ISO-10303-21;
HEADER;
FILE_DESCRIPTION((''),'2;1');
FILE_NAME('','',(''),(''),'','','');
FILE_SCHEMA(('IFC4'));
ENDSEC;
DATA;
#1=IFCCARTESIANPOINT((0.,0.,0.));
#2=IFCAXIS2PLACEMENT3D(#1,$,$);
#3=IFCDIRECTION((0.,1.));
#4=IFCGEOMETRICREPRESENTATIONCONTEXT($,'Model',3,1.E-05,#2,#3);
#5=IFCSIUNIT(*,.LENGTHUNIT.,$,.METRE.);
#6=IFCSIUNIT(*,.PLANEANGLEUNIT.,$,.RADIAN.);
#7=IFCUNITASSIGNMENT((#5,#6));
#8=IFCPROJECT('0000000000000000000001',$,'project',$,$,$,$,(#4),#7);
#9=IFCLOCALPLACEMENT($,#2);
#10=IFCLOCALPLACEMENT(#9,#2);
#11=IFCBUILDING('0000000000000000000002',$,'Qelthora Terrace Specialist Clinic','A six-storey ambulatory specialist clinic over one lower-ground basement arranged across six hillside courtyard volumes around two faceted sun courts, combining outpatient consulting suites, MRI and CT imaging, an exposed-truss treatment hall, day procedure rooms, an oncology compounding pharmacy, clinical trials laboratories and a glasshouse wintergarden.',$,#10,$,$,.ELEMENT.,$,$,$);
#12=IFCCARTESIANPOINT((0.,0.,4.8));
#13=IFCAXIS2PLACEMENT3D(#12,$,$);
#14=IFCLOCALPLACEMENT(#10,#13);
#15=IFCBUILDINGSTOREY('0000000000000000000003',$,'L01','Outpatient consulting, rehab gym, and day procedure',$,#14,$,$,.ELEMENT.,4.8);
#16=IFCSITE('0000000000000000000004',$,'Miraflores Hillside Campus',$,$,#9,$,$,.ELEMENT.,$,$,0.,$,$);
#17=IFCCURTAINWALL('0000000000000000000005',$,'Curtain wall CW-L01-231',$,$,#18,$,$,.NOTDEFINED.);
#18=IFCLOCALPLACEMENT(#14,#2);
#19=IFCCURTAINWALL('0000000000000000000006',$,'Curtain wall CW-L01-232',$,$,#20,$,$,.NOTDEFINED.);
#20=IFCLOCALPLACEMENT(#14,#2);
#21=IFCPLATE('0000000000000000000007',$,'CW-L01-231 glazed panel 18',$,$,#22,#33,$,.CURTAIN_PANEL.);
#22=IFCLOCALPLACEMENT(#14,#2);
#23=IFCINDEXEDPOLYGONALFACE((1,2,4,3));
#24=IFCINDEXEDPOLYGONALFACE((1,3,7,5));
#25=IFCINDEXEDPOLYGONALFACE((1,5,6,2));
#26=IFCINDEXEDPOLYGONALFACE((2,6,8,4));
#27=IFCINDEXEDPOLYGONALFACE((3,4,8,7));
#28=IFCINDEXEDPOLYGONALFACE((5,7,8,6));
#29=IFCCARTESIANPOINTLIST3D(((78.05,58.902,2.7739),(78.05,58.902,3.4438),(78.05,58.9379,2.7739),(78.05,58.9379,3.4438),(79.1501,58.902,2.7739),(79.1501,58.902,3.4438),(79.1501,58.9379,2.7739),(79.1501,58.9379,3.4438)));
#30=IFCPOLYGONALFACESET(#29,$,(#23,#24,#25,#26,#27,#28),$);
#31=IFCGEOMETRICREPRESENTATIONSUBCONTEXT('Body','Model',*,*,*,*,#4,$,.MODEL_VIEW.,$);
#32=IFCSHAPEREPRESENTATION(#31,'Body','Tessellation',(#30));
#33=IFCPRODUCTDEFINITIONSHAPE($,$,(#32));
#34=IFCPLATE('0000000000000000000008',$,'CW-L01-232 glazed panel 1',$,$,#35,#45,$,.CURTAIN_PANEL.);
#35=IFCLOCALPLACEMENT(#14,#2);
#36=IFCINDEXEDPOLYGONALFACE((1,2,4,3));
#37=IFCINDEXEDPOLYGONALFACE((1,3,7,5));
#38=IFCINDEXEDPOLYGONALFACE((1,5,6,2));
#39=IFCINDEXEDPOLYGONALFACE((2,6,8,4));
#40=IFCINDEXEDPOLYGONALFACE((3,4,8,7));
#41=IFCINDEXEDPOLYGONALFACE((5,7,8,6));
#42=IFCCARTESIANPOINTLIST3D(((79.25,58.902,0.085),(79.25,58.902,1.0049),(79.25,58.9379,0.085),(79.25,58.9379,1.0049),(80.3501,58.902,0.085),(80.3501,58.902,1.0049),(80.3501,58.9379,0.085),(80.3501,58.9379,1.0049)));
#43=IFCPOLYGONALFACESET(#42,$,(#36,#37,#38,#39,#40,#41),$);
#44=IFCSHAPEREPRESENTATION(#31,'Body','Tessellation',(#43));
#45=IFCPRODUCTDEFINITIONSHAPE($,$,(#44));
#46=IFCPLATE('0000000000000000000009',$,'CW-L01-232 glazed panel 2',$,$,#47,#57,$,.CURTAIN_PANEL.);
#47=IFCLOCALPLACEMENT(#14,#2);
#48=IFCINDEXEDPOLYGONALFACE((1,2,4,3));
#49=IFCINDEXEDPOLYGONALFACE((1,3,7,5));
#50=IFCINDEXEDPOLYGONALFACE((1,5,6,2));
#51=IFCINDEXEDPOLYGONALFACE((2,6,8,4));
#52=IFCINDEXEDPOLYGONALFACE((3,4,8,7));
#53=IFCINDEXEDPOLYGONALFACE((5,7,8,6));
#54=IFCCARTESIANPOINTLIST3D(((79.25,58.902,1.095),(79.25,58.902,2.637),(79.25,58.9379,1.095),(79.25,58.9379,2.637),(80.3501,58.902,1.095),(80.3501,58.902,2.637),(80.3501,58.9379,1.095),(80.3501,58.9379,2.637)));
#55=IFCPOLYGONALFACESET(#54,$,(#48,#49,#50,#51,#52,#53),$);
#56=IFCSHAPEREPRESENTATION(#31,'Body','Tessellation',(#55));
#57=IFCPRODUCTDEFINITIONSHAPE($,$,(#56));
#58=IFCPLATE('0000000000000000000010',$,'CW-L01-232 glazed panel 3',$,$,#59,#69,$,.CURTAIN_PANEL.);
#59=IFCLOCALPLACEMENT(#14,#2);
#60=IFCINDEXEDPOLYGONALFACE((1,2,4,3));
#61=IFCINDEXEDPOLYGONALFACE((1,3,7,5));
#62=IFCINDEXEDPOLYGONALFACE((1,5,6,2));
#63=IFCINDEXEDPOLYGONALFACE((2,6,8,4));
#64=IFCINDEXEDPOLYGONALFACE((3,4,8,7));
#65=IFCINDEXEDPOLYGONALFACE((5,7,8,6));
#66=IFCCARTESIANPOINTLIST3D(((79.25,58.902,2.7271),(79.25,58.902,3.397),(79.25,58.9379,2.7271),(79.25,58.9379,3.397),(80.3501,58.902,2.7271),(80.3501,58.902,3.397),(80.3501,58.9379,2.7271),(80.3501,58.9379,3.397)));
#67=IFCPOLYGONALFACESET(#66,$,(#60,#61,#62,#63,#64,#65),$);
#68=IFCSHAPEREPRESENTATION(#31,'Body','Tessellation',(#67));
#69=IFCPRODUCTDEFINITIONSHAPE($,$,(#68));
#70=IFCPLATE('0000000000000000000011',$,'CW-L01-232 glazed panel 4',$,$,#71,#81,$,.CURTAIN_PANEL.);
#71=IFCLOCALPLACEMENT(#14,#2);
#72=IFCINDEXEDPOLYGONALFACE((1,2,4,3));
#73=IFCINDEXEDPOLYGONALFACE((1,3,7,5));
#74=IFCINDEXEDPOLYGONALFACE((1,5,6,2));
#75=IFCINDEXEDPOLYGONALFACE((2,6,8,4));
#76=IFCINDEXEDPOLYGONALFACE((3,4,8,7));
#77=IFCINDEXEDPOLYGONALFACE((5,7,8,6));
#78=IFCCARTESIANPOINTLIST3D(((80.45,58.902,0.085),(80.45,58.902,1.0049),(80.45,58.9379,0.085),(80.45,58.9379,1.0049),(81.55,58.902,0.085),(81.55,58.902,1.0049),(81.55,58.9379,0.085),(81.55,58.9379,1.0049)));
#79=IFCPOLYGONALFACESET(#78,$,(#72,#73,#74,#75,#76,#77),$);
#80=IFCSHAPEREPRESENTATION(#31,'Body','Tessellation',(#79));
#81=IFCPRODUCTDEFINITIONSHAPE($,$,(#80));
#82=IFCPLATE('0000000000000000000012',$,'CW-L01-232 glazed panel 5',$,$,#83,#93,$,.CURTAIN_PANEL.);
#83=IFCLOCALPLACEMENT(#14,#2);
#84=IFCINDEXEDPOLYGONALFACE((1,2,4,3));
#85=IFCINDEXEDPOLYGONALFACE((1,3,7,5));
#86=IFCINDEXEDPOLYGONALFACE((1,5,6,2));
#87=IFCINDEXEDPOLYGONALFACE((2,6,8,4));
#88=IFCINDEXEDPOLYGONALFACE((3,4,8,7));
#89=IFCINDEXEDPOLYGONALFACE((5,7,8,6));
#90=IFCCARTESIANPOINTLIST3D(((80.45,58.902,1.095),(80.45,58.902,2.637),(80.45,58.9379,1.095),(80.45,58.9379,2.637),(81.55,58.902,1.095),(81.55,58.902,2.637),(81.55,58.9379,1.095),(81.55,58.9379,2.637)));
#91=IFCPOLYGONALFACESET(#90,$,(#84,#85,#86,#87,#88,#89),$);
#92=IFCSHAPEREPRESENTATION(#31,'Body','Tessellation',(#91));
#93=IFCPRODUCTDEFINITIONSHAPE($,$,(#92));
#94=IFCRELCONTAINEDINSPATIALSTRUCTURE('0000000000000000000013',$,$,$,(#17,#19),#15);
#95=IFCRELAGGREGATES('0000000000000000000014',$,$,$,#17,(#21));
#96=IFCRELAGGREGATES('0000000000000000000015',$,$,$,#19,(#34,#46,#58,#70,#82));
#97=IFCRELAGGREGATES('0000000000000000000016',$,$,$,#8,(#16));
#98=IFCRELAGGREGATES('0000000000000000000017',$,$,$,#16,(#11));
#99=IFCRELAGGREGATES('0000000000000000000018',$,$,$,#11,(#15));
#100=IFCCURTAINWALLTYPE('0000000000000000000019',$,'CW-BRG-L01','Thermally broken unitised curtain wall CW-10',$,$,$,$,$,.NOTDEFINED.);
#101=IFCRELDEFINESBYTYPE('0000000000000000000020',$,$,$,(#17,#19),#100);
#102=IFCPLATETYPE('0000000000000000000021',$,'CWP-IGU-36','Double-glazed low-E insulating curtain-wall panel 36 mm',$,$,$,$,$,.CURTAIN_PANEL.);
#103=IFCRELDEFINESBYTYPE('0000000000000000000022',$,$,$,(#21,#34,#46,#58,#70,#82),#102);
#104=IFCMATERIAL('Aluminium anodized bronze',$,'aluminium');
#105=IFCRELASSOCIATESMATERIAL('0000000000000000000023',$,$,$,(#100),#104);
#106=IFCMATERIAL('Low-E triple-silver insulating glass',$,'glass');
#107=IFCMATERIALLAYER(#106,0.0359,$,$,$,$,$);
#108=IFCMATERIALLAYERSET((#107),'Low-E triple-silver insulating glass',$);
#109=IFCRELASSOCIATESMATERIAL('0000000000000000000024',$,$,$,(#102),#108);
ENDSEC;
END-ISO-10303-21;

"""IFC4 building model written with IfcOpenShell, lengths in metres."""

from ifc_helpers import new_model, si_unit, direction, frame, origin, origin_2d, place, context, subcontext, project, spatial, rectangle, extrude, material, layer, layer_set, type_object, element, aggregate, save


model = new_model("IFC4")

# Units and contexts
model_context = context("Model", 3, precision=1e-05, world=origin(), true_north=direction((0.0, 1.0)))
body_context = subcontext(model_context, "Body", "Model", "MODEL_VIEW")
ifc_project = project(units=[si_unit("LENGTHUNIT", "METRE"), si_unit("PLANEANGLEUNIT", "RADIAN")], contexts=[model_context])

# Site, building, storey
site_placement = place(None, origin())
site = spatial("IfcSite", under=ifc_project, at=site_placement, Name="Miraflores Hillside Campus", CompositionType="ELEMENT", RefElevation=0.0)
building_placement = place(site_placement, origin())
building = spatial("IfcBuilding", under=site, at=building_placement, Name="Qelthora Terrace Specialist Clinic", Description="A six-storey ambulatory specialist clinic over one lower-ground basement arranged across six hillside courtyard volumes around two faceted sun courts, combining outpatient consulting suites, MRI and CT imaging, an exposed-truss treatment hall, day procedure rooms, an oncology compounding pharmacy, clinical trials laboratories and a glasshouse wintergarden.", CompositionType="ELEMENT")
storey_placement = place(building_placement, frame((0.0, 0.0, 4.8)))
storey = spatial("IfcBuildingStorey", under=building, at=storey_placement, Name="L01", Description="Outpatient consulting, rehab gym, and day procedure", CompositionType="ELEMENT", Elevation=4.8)

# Curtain walls
ifc_material_1 = material(Name="Aluminium anodized bronze", Category="aluminium")
curtain_wall_type = type_object("IfcCurtainWallType", Name="CW-BRG-L01", Description="Thermally broken unitised curtain wall CW-10", PredefinedType="NOTDEFINED", material=ifc_material_1)
curtain_wall_1_placement = place(storey_placement, origin())
curtain_wall_1 = element("IfcCurtainWall", 1, at=curtain_wall_1_placement, inside=storey, type_object=curtain_wall_type, Name="Curtain wall CW-L01-231", PredefinedType="NOTDEFINED")
curtain_wall_2_placement = place(storey_placement, origin())
curtain_wall_2 = element("IfcCurtainWall", 2, at=curtain_wall_2_placement, inside=storey, type_object=curtain_wall_type, Name="Curtain wall CW-L01-232", PredefinedType="NOTDEFINED")

# Plates
ifc_material_2 = material(Name="Low-E triple-silver insulating glass", Category="glass")
ifc_layer = layer(ifc_material_2, 0.0359)
ifc_layer_set = layer_set([ifc_layer], Name="Low-E triple-silver insulating glass")
plate_type = type_object("IfcPlateType", Name="CWP-IGU-36", Description="Double-glazed low-E insulating curtain-wall panel 36 mm", PredefinedType="CURTAIN_PANEL", material=ifc_layer_set)
plate_1_placement = place(storey_placement, frame((78.6001, 58.9199, 2.7739), z_axis=(0.0, 0.0, 1.0), x_axis=(1.0, 0.0, 0.0)))
plate_1 = element("IfcPlate", 3, at=plate_1_placement, type_object=plate_type, Name="CW-L01-231 glazed panel 18", PredefinedType="CURTAIN_PANEL", context=body_context, shape_type="SweptSolid", body=[
    extrude(rectangle(XDim=1.1001, YDim=0.0359, at=origin_2d()), origin(), (0.0, 0.0, 1.0), 0.6699),
])
aggregate(curtain_wall_1, [plate_1])
plate_2_placement = place(storey_placement, frame((79.8, 58.9199, 0.085), z_axis=(0.0, 0.0, 1.0), x_axis=(1.0, 0.0, 0.0)))
plate_2 = element("IfcPlate", 4, at=plate_2_placement, type_object=plate_type, Name="CW-L01-232 glazed panel 1", PredefinedType="CURTAIN_PANEL", context=body_context, shape_type="SweptSolid", body=[
    extrude(rectangle(XDim=1.1001, YDim=0.0359, at=origin_2d()), origin(), (0.0, 0.0, 1.0), 0.9199),
])
plate_3_placement = place(storey_placement, frame((79.8, 58.9199, 1.095), z_axis=(0.0, 0.0, 1.0), x_axis=(1.0, 0.0, 0.0)))
plate_3 = element("IfcPlate", 5, at=plate_3_placement, type_object=plate_type, Name="CW-L01-232 glazed panel 2", PredefinedType="CURTAIN_PANEL", context=body_context, shape_type="SweptSolid", body=[
    extrude(rectangle(XDim=1.1001, YDim=0.0359, at=origin_2d()), origin(), (0.0, 0.0, 1.0), 1.542),
])
plate_4_placement = place(storey_placement, frame((79.8, 58.9199, 2.7271), z_axis=(0.0, 0.0, 1.0), x_axis=(1.0, 0.0, 0.0)))
plate_4 = element("IfcPlate", 6, at=plate_4_placement, type_object=plate_type, Name="CW-L01-232 glazed panel 3", PredefinedType="CURTAIN_PANEL", context=body_context, shape_type="SweptSolid", body=[
    extrude(rectangle(XDim=1.1001, YDim=0.0359, at=origin_2d()), origin(), (0.0, 0.0, 1.0), 0.6699),
])
plate_5_placement = place(storey_placement, frame((81.0, 58.9199, 0.085), z_axis=(0.0, 0.0, 1.0), x_axis=(1.0, 0.0, 0.0)))
plate_5 = element("IfcPlate", 7, at=plate_5_placement, type_object=plate_type, Name="CW-L01-232 glazed panel 4", PredefinedType="CURTAIN_PANEL", context=body_context, shape_type="SweptSolid", body=[
    extrude(rectangle(XDim=1.1001, YDim=0.0359, at=origin_2d()), origin(), (0.0, 0.0, 1.0), 0.9199),
])
plate_6_placement = place(storey_placement, frame((81.0, 58.9199, 1.095), z_axis=(0.0, 0.0, 1.0), x_axis=(1.0, 0.0, 0.0)))
plate_6 = element("IfcPlate", 8, at=plate_6_placement, type_object=plate_type, Name="CW-L01-232 glazed panel 5", PredefinedType="CURTAIN_PANEL", context=body_context, shape_type="SweptSolid", body=[
    extrude(rectangle(XDim=1.1001, YDim=0.0359, at=origin_2d()), origin(), (0.0, 0.0, 1.0), 1.542),
])
aggregate(curtain_wall_2, [plate_2, plate_3, plate_4, plate_5, plate_6])

save(model, "model.ifc")
